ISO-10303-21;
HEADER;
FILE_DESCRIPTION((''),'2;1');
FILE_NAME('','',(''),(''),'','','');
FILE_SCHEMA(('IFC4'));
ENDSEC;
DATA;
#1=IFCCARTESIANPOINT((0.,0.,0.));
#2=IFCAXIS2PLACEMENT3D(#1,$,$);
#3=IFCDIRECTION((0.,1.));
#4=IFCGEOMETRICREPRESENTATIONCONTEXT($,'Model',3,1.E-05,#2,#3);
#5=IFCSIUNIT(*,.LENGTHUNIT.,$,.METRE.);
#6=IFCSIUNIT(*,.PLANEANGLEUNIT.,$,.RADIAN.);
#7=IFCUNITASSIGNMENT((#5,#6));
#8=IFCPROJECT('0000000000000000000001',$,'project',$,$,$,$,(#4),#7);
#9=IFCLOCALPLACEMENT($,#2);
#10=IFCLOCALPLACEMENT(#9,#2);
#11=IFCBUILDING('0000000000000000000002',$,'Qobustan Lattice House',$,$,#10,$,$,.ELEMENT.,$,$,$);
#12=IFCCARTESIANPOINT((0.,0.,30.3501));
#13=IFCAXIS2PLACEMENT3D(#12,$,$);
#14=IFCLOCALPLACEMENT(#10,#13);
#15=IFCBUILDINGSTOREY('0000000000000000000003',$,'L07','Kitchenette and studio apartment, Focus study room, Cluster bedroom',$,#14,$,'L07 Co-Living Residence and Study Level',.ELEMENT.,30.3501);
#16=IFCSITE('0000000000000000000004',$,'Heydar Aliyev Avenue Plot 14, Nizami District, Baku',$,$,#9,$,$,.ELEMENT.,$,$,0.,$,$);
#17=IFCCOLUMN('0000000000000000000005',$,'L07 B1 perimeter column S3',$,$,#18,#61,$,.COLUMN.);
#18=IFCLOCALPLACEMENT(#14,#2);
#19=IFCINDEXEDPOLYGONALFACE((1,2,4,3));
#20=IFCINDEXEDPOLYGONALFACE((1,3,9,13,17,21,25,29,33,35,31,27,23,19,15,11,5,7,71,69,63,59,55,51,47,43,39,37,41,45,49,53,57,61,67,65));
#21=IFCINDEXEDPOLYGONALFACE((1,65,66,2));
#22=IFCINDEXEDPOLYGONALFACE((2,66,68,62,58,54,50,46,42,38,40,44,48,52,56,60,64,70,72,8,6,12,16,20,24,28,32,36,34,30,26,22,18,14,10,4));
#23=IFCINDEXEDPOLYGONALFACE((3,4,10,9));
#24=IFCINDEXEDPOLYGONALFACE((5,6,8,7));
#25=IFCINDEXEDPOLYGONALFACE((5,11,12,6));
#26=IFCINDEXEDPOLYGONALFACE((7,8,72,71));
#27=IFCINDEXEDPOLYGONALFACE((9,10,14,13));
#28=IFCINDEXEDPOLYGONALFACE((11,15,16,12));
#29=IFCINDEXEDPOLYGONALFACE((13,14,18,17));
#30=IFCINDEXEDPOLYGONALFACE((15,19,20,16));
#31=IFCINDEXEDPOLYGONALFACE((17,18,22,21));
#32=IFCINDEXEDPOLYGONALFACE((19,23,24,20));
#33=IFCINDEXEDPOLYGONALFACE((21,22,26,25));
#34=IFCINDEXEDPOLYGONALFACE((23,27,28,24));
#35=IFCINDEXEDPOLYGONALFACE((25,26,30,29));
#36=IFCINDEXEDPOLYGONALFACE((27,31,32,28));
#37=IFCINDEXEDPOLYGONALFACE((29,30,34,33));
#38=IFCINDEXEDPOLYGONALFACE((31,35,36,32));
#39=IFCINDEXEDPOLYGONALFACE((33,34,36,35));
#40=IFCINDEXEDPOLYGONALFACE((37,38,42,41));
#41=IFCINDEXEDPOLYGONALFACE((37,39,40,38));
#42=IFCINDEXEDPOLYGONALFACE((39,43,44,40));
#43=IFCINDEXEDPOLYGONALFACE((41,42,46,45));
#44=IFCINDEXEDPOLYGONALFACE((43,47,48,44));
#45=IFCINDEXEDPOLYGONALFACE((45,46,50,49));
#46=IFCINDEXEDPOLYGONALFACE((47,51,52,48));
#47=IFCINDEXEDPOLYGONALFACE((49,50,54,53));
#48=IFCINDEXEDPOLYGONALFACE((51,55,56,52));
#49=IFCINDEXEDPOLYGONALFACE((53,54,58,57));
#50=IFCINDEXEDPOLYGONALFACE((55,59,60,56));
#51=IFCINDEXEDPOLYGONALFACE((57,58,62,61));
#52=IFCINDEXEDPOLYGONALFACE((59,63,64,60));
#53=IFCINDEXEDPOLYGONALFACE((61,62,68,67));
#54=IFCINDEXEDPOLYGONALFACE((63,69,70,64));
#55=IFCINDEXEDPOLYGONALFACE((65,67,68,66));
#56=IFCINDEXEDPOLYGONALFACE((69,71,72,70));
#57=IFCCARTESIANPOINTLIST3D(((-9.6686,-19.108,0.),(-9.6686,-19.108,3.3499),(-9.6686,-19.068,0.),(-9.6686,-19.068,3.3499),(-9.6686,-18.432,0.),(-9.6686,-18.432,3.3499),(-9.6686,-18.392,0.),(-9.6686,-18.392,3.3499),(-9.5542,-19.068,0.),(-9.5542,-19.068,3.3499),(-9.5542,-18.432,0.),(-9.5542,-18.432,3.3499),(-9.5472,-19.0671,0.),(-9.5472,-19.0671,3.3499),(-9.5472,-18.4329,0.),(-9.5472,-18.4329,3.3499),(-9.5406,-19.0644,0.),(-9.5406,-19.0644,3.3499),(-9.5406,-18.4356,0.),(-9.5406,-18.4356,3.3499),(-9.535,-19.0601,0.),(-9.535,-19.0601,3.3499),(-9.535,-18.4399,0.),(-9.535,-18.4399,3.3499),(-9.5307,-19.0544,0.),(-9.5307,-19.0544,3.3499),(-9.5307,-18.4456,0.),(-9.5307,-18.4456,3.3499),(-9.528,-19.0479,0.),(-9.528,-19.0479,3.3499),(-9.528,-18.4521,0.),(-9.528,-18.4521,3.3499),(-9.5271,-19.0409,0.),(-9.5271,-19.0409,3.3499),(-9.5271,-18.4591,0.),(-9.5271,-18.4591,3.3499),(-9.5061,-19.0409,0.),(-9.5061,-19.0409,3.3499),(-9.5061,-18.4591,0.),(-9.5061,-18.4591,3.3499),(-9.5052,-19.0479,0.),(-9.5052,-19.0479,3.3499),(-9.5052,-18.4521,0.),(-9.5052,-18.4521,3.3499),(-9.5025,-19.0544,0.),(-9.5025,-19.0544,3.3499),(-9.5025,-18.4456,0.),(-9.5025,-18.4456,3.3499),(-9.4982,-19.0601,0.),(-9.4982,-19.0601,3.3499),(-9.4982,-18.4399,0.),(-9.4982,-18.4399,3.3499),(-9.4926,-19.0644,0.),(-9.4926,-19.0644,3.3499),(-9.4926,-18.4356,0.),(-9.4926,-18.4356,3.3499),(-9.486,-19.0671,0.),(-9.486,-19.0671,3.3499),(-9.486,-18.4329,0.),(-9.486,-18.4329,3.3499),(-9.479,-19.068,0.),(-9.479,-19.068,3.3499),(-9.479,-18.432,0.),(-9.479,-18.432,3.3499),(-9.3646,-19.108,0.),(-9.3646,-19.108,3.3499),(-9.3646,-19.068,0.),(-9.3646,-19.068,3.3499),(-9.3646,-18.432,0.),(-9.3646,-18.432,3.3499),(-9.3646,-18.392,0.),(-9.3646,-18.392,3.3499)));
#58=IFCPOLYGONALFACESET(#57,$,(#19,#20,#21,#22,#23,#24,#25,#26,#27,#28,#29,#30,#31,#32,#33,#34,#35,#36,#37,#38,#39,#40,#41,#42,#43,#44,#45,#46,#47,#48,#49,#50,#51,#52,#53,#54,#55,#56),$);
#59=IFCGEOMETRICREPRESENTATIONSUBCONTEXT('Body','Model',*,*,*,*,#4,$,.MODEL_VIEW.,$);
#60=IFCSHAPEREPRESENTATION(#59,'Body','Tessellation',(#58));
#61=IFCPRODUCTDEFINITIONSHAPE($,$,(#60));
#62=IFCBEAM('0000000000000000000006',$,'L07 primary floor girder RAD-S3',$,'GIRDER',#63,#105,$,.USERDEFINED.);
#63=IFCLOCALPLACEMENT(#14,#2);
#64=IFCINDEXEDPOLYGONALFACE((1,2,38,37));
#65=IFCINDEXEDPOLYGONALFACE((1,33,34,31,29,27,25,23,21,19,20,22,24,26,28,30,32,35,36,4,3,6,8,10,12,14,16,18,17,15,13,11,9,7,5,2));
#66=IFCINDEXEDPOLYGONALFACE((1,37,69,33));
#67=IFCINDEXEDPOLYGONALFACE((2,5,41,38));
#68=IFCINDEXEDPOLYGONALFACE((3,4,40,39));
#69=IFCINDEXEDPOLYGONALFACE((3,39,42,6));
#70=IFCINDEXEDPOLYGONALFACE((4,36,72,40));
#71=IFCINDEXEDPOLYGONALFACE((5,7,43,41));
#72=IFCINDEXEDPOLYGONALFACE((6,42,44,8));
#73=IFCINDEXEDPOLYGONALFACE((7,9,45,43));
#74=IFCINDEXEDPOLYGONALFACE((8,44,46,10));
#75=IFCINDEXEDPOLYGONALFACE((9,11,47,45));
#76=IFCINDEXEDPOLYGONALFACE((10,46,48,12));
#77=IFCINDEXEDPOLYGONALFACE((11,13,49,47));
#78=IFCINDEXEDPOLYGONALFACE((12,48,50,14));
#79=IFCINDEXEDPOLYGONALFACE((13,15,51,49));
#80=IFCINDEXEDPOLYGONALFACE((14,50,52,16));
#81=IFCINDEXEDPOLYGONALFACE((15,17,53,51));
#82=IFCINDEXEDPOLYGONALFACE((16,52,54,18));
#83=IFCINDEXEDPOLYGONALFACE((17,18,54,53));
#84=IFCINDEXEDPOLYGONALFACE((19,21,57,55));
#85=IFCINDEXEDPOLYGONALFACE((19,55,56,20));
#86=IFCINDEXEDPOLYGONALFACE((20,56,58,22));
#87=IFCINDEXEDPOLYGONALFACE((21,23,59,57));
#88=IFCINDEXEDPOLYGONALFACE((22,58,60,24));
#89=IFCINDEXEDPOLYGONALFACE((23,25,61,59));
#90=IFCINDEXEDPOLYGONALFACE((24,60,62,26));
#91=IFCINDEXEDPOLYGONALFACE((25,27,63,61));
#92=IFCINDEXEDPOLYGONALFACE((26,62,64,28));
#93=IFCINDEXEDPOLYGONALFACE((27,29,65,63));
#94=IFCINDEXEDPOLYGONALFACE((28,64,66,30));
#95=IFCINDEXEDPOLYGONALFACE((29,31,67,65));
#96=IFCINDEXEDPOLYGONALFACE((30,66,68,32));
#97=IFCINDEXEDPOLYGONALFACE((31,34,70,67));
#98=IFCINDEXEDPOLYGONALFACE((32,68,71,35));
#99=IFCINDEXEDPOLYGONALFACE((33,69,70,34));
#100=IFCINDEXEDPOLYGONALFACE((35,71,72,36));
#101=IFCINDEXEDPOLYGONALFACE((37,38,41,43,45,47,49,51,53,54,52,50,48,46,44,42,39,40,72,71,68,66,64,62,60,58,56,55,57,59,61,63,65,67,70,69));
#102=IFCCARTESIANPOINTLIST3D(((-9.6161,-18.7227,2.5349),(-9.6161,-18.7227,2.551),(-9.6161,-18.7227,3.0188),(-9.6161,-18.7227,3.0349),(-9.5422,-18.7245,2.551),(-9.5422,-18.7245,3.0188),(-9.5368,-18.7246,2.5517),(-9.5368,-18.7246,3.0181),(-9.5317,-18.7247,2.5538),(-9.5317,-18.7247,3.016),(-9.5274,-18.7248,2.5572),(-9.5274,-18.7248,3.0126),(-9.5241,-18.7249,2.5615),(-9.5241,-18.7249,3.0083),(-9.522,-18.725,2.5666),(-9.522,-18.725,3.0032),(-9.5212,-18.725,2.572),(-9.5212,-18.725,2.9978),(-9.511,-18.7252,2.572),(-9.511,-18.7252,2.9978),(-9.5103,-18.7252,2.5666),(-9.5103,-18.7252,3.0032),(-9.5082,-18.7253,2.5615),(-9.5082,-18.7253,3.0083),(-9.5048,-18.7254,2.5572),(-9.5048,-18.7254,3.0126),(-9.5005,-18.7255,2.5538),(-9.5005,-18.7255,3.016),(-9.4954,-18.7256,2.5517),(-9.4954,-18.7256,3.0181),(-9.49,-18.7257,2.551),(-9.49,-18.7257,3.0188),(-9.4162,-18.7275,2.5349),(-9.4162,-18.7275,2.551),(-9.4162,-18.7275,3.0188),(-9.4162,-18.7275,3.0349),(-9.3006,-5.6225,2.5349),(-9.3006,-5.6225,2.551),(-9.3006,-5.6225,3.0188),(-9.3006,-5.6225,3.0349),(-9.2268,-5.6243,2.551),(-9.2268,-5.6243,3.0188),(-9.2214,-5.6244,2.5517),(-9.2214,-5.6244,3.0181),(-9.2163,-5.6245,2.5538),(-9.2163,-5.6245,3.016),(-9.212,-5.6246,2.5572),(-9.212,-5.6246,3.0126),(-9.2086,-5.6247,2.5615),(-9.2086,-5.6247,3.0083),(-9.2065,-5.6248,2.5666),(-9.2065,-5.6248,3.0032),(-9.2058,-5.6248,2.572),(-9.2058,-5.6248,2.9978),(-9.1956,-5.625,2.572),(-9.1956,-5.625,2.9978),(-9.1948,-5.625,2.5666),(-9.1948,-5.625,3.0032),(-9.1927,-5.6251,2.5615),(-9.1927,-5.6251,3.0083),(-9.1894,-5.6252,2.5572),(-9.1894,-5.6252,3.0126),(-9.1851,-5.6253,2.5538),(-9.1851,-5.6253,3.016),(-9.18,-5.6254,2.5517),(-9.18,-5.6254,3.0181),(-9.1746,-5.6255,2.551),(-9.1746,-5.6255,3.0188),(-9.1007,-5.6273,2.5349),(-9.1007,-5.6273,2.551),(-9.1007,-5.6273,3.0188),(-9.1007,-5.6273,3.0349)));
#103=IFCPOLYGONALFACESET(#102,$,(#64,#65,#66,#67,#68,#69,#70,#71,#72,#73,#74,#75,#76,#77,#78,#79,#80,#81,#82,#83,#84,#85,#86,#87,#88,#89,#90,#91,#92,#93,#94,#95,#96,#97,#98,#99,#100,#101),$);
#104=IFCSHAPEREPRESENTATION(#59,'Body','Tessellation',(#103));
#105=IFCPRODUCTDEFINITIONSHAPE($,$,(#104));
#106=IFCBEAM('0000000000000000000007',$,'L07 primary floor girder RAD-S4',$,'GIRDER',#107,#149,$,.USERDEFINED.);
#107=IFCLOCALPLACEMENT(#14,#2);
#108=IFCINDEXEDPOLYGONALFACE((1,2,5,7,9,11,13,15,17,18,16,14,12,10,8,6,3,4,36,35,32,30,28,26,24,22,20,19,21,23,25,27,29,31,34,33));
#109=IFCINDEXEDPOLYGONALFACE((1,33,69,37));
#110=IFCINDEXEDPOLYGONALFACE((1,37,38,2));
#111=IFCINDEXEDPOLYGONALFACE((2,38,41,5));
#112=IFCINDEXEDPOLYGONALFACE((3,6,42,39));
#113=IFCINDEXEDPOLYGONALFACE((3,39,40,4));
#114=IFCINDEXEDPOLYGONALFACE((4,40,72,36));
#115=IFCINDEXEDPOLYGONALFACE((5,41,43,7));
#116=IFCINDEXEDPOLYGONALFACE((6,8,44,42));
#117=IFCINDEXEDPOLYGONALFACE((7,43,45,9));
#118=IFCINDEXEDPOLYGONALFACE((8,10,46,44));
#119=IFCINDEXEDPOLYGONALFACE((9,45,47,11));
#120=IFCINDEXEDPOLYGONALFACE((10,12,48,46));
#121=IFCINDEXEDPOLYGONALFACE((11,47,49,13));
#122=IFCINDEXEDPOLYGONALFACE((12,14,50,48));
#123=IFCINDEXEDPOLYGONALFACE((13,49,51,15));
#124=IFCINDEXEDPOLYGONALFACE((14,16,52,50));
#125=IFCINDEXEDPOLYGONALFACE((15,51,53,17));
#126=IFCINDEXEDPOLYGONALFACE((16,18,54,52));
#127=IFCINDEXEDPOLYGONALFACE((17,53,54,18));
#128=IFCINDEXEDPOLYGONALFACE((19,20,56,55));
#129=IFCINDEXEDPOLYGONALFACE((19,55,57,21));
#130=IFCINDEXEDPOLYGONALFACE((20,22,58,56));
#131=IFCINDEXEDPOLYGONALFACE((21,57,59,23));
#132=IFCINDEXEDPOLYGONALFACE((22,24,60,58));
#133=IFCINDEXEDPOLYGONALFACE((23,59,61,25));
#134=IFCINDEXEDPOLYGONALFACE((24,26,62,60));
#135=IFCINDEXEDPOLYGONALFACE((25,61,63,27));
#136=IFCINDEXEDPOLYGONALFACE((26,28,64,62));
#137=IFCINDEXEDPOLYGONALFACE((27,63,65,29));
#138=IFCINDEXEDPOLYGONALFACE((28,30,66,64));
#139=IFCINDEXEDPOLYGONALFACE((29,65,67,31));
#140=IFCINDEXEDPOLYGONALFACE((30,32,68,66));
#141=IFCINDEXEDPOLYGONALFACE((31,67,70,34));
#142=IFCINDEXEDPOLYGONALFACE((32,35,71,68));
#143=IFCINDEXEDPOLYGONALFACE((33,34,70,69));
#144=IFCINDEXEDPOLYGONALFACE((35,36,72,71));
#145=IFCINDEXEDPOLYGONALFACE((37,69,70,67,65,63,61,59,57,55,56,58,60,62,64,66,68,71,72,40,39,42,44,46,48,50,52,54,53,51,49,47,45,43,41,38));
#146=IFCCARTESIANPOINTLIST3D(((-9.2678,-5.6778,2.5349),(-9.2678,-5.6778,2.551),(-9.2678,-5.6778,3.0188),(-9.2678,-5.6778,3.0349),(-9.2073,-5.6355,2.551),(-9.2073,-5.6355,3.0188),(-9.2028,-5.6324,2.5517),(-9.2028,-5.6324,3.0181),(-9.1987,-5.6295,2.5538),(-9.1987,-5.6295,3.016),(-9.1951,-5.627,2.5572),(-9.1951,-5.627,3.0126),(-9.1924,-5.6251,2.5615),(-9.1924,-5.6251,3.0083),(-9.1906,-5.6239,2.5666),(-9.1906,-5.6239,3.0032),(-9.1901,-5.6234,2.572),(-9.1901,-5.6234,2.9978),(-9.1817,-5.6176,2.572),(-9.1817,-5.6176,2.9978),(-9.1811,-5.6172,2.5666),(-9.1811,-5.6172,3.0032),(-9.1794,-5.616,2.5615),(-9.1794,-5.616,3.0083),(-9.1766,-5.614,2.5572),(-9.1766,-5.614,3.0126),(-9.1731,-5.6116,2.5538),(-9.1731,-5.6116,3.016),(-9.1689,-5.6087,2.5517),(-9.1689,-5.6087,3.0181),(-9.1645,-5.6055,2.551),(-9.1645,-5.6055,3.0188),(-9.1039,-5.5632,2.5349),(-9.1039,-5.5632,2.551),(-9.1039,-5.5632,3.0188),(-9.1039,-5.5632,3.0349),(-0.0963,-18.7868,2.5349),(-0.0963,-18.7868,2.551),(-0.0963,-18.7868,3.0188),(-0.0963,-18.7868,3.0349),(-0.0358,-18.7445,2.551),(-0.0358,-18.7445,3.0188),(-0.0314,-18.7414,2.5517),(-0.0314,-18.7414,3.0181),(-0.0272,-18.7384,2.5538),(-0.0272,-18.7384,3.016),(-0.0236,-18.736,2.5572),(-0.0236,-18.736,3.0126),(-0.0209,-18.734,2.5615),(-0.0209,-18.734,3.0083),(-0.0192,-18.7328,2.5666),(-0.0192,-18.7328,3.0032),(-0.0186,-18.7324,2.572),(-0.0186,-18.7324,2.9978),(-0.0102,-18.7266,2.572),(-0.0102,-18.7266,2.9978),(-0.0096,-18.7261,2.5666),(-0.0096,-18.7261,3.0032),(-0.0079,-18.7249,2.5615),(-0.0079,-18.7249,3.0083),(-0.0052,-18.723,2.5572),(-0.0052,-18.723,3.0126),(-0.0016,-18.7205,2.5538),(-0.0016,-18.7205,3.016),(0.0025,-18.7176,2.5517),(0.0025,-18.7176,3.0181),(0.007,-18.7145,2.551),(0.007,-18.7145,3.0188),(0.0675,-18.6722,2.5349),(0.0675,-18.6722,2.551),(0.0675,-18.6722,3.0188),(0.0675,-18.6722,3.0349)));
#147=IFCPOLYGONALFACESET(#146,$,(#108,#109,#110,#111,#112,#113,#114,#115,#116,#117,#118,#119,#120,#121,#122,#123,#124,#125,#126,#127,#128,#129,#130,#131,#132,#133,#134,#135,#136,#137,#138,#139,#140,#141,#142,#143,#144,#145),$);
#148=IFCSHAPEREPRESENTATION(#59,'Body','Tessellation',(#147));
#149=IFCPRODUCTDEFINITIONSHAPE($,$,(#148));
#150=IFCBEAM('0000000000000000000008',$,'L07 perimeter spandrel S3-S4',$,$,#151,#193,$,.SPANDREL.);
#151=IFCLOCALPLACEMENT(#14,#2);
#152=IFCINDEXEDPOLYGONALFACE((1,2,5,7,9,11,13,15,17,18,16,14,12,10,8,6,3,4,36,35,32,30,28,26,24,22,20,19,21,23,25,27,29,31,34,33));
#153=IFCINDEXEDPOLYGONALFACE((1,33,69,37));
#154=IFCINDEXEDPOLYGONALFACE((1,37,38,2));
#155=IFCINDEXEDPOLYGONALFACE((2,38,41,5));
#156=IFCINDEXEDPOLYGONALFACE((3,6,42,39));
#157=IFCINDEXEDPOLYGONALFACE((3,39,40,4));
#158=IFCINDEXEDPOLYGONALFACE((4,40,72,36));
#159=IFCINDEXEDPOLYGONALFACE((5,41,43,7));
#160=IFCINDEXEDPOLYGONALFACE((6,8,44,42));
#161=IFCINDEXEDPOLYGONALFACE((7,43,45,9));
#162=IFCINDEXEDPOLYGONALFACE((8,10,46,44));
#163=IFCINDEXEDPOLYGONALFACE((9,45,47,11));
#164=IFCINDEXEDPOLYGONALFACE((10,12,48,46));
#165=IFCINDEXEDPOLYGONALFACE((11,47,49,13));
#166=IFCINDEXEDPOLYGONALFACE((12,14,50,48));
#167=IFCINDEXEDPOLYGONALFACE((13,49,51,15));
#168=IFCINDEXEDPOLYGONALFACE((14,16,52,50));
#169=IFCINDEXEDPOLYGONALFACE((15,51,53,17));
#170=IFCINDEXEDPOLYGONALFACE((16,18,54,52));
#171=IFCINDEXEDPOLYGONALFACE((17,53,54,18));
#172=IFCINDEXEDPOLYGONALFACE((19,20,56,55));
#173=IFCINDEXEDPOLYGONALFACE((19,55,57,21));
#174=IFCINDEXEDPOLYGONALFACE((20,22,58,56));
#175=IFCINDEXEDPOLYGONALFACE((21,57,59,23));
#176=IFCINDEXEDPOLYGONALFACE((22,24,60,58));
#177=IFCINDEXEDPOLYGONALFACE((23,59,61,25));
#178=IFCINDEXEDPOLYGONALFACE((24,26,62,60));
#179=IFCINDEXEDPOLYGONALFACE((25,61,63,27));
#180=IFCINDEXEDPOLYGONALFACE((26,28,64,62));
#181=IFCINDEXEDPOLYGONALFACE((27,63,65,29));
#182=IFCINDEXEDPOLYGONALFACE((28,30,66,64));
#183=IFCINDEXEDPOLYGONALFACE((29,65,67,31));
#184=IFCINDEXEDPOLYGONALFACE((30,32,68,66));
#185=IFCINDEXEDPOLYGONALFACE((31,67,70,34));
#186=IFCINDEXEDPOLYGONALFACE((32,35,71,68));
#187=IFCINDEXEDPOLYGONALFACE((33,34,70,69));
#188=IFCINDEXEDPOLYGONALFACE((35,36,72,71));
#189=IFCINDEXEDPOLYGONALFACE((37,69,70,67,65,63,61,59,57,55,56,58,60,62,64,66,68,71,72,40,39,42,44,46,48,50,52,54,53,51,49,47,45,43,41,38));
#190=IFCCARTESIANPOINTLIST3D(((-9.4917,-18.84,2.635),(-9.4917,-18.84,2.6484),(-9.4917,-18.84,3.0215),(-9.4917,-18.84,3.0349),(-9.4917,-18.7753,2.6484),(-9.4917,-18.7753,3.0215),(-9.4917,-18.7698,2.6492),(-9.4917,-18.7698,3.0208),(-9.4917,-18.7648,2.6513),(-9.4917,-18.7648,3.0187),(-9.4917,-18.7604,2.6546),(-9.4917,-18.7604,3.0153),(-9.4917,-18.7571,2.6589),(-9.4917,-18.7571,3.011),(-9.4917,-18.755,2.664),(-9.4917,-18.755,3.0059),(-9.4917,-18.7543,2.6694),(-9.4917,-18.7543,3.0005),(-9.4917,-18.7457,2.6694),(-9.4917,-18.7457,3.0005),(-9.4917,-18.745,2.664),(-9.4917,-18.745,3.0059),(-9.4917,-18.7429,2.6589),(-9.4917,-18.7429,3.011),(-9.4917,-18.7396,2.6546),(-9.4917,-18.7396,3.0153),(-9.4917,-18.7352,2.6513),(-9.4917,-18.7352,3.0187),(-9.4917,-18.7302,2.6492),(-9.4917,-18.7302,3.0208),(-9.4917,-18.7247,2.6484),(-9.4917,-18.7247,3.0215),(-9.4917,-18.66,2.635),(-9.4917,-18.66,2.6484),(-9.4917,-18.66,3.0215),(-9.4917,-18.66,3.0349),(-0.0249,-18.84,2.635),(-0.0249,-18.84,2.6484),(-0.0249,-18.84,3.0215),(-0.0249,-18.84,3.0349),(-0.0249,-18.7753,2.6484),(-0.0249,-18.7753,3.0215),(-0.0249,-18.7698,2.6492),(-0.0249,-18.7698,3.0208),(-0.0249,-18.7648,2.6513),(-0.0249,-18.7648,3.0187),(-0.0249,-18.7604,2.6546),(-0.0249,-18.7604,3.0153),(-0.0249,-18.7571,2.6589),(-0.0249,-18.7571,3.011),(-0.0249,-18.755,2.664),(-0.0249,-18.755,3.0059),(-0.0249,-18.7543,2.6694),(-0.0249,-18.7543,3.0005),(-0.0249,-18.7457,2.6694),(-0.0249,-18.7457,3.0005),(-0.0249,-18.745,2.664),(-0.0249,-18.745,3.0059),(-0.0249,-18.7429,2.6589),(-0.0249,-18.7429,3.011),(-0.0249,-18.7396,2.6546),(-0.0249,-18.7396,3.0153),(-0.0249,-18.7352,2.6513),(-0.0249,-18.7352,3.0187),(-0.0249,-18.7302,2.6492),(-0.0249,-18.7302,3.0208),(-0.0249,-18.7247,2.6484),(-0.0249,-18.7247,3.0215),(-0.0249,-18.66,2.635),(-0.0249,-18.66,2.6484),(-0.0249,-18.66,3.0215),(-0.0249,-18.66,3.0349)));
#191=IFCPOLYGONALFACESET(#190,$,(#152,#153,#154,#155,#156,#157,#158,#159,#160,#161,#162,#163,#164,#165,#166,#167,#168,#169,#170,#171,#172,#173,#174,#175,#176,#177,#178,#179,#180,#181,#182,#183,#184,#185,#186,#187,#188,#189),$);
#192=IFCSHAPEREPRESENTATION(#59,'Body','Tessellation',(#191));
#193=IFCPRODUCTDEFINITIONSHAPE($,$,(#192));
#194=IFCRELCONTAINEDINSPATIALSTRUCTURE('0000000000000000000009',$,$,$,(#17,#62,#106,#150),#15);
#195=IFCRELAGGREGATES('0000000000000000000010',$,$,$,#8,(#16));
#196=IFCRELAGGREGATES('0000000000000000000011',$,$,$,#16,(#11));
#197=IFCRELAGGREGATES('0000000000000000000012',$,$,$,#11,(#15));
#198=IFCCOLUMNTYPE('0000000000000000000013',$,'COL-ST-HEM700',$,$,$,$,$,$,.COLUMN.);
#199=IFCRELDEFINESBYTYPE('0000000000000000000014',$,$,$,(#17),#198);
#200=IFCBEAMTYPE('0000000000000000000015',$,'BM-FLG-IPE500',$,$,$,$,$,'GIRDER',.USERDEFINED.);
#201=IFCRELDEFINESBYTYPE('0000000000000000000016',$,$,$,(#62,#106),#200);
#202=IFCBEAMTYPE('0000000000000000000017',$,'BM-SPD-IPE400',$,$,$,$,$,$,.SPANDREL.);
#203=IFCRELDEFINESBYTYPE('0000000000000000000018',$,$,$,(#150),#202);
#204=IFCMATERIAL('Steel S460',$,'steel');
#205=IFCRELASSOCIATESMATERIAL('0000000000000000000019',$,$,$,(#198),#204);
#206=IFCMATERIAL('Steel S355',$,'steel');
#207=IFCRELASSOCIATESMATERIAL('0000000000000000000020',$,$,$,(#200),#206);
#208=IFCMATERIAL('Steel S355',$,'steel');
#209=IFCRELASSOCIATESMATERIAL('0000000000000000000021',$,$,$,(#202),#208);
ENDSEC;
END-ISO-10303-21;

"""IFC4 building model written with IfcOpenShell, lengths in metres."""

from ifc_helpers import new_model, si_unit, direction, frame, origin, origin_2d, place, context, subcontext, project, spatial, i_section, extrude, material, material_profile, profile_set, type_object, element, save


model = new_model("IFC4")

# Units and contexts
model_context = context("Model", 3, precision=1e-05, world=origin(), true_north=direction((0.0, 1.0)))
body_context = subcontext(model_context, "Body", "Model", "MODEL_VIEW")
ifc_project = project(units=[si_unit("LENGTHUNIT", "METRE"), si_unit("PLANEANGLEUNIT", "RADIAN")], contexts=[model_context])

# Site, building, storey
site_placement = place(None, origin())
site = spatial("IfcSite", under=ifc_project, at=site_placement, Name="Heydar Aliyev Avenue Plot 14, Nizami District, Baku", CompositionType="ELEMENT", RefElevation=0.0)
building_placement = place(site_placement, origin())
building = spatial("IfcBuilding", under=site, at=building_placement, Name="Qobustan Lattice House", CompositionType="ELEMENT")
storey_placement = place(building_placement, frame((0.0, 0.0, 30.3501)))
storey = spatial("IfcBuildingStorey", under=building, at=storey_placement, Name="L07", Description="Kitchenette and studio apartment, Focus study room, Cluster bedroom", LongName="L07 Co-Living Residence and Study Level", CompositionType="ELEMENT", Elevation=30.3501)

# Column
ifc_material_1 = material(Name="Steel S460", Category="steel")
ifc_material_profile_1 = material_profile(ifc_material_1, i_section(OverallWidth=0.304, OverallDepth=0.7161, WebThickness=0.021, FlangeThickness=0.04, FilletRadius=0.0271, at=origin_2d()), Name="HEM700")
ifc_profile_set_1 = profile_set([ifc_material_profile_1], Name="Steel S460")
column_type = type_object("IfcColumnType", Name="COL-ST-HEM700", PredefinedType="COLUMN", material=ifc_profile_set_1)
column_placement = place(storey_placement, frame((-9.5166, -18.75, 0.0), z_axis=(0.0, 0.0, 1.0), x_axis=(1.0, 0.0, 0.0)))
element("IfcColumn", 1, at=column_placement, inside=storey, type_object=column_type, Name="L07 B1 perimeter column S3", PredefinedType="COLUMN", context=body_context, shape_type="SweptSolid", body=[
    extrude(i_section(OverallWidth=0.304, OverallDepth=0.7161, WebThickness=0.021, FlangeThickness=0.04, FilletRadius=0.0271, at=origin_2d()), origin(), (0.0, 0.0, 1.0), 3.3499),
])

# Beams
ifc_material_2 = material(Name="Steel S355", Category="steel")
ifc_material_profile_2 = material_profile(ifc_material_2, i_section(OverallWidth=0.2, OverallDepth=0.5, WebThickness=0.0103, FlangeThickness=0.0161, FilletRadius=0.021, at=origin_2d()), Name="IPE500")
ifc_profile_set_2 = profile_set([ifc_material_profile_2], Name="Steel S355")
beam_type_1 = type_object("IfcBeamType", Name="BM-FLG-IPE500", ElementType="GIRDER", PredefinedType="USERDEFINED", material=ifc_profile_set_2)
beam_1_placement = place(storey_placement, frame((-9.5161, -18.7251, 2.7849), z_axis=(0.024071, 0.99971, 0.0), x_axis=(-0.99971, 0.024071, 0.0)))
element("IfcBeam", 2, at=beam_1_placement, inside=storey, type_object=beam_type_1, Name="L07 primary floor girder RAD-S3", ObjectType="GIRDER", PredefinedType="USERDEFINED", context=body_context, shape_type="SweptSolid", body=[
    extrude(i_section(OverallWidth=0.2, OverallDepth=0.5, WebThickness=0.0103, FlangeThickness=0.0161, FilletRadius=0.021, at=origin_2d()), origin(), (0.0, 0.0, 1.0), 13.104),
])
beam_2_placement = place(storey_placement, frame((-0.0144, -18.7295, 2.7849), z_axis=(-0.57326, 0.819374, 0.0), x_axis=(-0.819374, -0.57326, 0.0)))
element("IfcBeam", 3, at=beam_2_placement, inside=storey, type_object=beam_type_1, Name="L07 primary floor girder RAD-S4", ObjectType="GIRDER", PredefinedType="USERDEFINED", context=body_context, shape_type="SweptSolid", body=[
    extrude(i_section(OverallWidth=0.2, OverallDepth=0.5, WebThickness=0.0103, FlangeThickness=0.0161, FilletRadius=0.021, at=origin_2d()), origin(), (0.0, 0.0, 1.0), 15.9988),
])
ifc_material_3 = material(Name="Steel S355", Category="steel")
ifc_material_profile_3 = material_profile(ifc_material_3, i_section(OverallWidth=0.1799, OverallDepth=0.3999, WebThickness=0.0085, FlangeThickness=0.0134, FilletRadius=0.021, at=origin_2d()), Name="IPE400")
ifc_profile_set_3 = profile_set([ifc_material_profile_3], Name="Steel S355")
beam_type_2 = type_object("IfcBeamType", Name="BM-SPD-IPE400", PredefinedType="SPANDREL", material=ifc_profile_set_3)
beam_3_placement = place(storey_placement, frame((-9.4917, -18.75, 2.835), z_axis=(1.0, 0.0, 0.0), x_axis=(0.0, 1.0, 0.0)))
element("IfcBeam", 4, at=beam_3_placement, inside=storey, type_object=beam_type_2, Name="L07 perimeter spandrel S3-S4", PredefinedType="SPANDREL", context=body_context, shape_type="SweptSolid", body=[
    extrude(i_section(OverallWidth=0.1799, OverallDepth=0.3999, WebThickness=0.0085, FlangeThickness=0.0134, FilletRadius=0.021, at=origin_2d()), origin(), (0.0, 0.0, 1.0), 9.4668),
])

save(model, "model.ifc")
